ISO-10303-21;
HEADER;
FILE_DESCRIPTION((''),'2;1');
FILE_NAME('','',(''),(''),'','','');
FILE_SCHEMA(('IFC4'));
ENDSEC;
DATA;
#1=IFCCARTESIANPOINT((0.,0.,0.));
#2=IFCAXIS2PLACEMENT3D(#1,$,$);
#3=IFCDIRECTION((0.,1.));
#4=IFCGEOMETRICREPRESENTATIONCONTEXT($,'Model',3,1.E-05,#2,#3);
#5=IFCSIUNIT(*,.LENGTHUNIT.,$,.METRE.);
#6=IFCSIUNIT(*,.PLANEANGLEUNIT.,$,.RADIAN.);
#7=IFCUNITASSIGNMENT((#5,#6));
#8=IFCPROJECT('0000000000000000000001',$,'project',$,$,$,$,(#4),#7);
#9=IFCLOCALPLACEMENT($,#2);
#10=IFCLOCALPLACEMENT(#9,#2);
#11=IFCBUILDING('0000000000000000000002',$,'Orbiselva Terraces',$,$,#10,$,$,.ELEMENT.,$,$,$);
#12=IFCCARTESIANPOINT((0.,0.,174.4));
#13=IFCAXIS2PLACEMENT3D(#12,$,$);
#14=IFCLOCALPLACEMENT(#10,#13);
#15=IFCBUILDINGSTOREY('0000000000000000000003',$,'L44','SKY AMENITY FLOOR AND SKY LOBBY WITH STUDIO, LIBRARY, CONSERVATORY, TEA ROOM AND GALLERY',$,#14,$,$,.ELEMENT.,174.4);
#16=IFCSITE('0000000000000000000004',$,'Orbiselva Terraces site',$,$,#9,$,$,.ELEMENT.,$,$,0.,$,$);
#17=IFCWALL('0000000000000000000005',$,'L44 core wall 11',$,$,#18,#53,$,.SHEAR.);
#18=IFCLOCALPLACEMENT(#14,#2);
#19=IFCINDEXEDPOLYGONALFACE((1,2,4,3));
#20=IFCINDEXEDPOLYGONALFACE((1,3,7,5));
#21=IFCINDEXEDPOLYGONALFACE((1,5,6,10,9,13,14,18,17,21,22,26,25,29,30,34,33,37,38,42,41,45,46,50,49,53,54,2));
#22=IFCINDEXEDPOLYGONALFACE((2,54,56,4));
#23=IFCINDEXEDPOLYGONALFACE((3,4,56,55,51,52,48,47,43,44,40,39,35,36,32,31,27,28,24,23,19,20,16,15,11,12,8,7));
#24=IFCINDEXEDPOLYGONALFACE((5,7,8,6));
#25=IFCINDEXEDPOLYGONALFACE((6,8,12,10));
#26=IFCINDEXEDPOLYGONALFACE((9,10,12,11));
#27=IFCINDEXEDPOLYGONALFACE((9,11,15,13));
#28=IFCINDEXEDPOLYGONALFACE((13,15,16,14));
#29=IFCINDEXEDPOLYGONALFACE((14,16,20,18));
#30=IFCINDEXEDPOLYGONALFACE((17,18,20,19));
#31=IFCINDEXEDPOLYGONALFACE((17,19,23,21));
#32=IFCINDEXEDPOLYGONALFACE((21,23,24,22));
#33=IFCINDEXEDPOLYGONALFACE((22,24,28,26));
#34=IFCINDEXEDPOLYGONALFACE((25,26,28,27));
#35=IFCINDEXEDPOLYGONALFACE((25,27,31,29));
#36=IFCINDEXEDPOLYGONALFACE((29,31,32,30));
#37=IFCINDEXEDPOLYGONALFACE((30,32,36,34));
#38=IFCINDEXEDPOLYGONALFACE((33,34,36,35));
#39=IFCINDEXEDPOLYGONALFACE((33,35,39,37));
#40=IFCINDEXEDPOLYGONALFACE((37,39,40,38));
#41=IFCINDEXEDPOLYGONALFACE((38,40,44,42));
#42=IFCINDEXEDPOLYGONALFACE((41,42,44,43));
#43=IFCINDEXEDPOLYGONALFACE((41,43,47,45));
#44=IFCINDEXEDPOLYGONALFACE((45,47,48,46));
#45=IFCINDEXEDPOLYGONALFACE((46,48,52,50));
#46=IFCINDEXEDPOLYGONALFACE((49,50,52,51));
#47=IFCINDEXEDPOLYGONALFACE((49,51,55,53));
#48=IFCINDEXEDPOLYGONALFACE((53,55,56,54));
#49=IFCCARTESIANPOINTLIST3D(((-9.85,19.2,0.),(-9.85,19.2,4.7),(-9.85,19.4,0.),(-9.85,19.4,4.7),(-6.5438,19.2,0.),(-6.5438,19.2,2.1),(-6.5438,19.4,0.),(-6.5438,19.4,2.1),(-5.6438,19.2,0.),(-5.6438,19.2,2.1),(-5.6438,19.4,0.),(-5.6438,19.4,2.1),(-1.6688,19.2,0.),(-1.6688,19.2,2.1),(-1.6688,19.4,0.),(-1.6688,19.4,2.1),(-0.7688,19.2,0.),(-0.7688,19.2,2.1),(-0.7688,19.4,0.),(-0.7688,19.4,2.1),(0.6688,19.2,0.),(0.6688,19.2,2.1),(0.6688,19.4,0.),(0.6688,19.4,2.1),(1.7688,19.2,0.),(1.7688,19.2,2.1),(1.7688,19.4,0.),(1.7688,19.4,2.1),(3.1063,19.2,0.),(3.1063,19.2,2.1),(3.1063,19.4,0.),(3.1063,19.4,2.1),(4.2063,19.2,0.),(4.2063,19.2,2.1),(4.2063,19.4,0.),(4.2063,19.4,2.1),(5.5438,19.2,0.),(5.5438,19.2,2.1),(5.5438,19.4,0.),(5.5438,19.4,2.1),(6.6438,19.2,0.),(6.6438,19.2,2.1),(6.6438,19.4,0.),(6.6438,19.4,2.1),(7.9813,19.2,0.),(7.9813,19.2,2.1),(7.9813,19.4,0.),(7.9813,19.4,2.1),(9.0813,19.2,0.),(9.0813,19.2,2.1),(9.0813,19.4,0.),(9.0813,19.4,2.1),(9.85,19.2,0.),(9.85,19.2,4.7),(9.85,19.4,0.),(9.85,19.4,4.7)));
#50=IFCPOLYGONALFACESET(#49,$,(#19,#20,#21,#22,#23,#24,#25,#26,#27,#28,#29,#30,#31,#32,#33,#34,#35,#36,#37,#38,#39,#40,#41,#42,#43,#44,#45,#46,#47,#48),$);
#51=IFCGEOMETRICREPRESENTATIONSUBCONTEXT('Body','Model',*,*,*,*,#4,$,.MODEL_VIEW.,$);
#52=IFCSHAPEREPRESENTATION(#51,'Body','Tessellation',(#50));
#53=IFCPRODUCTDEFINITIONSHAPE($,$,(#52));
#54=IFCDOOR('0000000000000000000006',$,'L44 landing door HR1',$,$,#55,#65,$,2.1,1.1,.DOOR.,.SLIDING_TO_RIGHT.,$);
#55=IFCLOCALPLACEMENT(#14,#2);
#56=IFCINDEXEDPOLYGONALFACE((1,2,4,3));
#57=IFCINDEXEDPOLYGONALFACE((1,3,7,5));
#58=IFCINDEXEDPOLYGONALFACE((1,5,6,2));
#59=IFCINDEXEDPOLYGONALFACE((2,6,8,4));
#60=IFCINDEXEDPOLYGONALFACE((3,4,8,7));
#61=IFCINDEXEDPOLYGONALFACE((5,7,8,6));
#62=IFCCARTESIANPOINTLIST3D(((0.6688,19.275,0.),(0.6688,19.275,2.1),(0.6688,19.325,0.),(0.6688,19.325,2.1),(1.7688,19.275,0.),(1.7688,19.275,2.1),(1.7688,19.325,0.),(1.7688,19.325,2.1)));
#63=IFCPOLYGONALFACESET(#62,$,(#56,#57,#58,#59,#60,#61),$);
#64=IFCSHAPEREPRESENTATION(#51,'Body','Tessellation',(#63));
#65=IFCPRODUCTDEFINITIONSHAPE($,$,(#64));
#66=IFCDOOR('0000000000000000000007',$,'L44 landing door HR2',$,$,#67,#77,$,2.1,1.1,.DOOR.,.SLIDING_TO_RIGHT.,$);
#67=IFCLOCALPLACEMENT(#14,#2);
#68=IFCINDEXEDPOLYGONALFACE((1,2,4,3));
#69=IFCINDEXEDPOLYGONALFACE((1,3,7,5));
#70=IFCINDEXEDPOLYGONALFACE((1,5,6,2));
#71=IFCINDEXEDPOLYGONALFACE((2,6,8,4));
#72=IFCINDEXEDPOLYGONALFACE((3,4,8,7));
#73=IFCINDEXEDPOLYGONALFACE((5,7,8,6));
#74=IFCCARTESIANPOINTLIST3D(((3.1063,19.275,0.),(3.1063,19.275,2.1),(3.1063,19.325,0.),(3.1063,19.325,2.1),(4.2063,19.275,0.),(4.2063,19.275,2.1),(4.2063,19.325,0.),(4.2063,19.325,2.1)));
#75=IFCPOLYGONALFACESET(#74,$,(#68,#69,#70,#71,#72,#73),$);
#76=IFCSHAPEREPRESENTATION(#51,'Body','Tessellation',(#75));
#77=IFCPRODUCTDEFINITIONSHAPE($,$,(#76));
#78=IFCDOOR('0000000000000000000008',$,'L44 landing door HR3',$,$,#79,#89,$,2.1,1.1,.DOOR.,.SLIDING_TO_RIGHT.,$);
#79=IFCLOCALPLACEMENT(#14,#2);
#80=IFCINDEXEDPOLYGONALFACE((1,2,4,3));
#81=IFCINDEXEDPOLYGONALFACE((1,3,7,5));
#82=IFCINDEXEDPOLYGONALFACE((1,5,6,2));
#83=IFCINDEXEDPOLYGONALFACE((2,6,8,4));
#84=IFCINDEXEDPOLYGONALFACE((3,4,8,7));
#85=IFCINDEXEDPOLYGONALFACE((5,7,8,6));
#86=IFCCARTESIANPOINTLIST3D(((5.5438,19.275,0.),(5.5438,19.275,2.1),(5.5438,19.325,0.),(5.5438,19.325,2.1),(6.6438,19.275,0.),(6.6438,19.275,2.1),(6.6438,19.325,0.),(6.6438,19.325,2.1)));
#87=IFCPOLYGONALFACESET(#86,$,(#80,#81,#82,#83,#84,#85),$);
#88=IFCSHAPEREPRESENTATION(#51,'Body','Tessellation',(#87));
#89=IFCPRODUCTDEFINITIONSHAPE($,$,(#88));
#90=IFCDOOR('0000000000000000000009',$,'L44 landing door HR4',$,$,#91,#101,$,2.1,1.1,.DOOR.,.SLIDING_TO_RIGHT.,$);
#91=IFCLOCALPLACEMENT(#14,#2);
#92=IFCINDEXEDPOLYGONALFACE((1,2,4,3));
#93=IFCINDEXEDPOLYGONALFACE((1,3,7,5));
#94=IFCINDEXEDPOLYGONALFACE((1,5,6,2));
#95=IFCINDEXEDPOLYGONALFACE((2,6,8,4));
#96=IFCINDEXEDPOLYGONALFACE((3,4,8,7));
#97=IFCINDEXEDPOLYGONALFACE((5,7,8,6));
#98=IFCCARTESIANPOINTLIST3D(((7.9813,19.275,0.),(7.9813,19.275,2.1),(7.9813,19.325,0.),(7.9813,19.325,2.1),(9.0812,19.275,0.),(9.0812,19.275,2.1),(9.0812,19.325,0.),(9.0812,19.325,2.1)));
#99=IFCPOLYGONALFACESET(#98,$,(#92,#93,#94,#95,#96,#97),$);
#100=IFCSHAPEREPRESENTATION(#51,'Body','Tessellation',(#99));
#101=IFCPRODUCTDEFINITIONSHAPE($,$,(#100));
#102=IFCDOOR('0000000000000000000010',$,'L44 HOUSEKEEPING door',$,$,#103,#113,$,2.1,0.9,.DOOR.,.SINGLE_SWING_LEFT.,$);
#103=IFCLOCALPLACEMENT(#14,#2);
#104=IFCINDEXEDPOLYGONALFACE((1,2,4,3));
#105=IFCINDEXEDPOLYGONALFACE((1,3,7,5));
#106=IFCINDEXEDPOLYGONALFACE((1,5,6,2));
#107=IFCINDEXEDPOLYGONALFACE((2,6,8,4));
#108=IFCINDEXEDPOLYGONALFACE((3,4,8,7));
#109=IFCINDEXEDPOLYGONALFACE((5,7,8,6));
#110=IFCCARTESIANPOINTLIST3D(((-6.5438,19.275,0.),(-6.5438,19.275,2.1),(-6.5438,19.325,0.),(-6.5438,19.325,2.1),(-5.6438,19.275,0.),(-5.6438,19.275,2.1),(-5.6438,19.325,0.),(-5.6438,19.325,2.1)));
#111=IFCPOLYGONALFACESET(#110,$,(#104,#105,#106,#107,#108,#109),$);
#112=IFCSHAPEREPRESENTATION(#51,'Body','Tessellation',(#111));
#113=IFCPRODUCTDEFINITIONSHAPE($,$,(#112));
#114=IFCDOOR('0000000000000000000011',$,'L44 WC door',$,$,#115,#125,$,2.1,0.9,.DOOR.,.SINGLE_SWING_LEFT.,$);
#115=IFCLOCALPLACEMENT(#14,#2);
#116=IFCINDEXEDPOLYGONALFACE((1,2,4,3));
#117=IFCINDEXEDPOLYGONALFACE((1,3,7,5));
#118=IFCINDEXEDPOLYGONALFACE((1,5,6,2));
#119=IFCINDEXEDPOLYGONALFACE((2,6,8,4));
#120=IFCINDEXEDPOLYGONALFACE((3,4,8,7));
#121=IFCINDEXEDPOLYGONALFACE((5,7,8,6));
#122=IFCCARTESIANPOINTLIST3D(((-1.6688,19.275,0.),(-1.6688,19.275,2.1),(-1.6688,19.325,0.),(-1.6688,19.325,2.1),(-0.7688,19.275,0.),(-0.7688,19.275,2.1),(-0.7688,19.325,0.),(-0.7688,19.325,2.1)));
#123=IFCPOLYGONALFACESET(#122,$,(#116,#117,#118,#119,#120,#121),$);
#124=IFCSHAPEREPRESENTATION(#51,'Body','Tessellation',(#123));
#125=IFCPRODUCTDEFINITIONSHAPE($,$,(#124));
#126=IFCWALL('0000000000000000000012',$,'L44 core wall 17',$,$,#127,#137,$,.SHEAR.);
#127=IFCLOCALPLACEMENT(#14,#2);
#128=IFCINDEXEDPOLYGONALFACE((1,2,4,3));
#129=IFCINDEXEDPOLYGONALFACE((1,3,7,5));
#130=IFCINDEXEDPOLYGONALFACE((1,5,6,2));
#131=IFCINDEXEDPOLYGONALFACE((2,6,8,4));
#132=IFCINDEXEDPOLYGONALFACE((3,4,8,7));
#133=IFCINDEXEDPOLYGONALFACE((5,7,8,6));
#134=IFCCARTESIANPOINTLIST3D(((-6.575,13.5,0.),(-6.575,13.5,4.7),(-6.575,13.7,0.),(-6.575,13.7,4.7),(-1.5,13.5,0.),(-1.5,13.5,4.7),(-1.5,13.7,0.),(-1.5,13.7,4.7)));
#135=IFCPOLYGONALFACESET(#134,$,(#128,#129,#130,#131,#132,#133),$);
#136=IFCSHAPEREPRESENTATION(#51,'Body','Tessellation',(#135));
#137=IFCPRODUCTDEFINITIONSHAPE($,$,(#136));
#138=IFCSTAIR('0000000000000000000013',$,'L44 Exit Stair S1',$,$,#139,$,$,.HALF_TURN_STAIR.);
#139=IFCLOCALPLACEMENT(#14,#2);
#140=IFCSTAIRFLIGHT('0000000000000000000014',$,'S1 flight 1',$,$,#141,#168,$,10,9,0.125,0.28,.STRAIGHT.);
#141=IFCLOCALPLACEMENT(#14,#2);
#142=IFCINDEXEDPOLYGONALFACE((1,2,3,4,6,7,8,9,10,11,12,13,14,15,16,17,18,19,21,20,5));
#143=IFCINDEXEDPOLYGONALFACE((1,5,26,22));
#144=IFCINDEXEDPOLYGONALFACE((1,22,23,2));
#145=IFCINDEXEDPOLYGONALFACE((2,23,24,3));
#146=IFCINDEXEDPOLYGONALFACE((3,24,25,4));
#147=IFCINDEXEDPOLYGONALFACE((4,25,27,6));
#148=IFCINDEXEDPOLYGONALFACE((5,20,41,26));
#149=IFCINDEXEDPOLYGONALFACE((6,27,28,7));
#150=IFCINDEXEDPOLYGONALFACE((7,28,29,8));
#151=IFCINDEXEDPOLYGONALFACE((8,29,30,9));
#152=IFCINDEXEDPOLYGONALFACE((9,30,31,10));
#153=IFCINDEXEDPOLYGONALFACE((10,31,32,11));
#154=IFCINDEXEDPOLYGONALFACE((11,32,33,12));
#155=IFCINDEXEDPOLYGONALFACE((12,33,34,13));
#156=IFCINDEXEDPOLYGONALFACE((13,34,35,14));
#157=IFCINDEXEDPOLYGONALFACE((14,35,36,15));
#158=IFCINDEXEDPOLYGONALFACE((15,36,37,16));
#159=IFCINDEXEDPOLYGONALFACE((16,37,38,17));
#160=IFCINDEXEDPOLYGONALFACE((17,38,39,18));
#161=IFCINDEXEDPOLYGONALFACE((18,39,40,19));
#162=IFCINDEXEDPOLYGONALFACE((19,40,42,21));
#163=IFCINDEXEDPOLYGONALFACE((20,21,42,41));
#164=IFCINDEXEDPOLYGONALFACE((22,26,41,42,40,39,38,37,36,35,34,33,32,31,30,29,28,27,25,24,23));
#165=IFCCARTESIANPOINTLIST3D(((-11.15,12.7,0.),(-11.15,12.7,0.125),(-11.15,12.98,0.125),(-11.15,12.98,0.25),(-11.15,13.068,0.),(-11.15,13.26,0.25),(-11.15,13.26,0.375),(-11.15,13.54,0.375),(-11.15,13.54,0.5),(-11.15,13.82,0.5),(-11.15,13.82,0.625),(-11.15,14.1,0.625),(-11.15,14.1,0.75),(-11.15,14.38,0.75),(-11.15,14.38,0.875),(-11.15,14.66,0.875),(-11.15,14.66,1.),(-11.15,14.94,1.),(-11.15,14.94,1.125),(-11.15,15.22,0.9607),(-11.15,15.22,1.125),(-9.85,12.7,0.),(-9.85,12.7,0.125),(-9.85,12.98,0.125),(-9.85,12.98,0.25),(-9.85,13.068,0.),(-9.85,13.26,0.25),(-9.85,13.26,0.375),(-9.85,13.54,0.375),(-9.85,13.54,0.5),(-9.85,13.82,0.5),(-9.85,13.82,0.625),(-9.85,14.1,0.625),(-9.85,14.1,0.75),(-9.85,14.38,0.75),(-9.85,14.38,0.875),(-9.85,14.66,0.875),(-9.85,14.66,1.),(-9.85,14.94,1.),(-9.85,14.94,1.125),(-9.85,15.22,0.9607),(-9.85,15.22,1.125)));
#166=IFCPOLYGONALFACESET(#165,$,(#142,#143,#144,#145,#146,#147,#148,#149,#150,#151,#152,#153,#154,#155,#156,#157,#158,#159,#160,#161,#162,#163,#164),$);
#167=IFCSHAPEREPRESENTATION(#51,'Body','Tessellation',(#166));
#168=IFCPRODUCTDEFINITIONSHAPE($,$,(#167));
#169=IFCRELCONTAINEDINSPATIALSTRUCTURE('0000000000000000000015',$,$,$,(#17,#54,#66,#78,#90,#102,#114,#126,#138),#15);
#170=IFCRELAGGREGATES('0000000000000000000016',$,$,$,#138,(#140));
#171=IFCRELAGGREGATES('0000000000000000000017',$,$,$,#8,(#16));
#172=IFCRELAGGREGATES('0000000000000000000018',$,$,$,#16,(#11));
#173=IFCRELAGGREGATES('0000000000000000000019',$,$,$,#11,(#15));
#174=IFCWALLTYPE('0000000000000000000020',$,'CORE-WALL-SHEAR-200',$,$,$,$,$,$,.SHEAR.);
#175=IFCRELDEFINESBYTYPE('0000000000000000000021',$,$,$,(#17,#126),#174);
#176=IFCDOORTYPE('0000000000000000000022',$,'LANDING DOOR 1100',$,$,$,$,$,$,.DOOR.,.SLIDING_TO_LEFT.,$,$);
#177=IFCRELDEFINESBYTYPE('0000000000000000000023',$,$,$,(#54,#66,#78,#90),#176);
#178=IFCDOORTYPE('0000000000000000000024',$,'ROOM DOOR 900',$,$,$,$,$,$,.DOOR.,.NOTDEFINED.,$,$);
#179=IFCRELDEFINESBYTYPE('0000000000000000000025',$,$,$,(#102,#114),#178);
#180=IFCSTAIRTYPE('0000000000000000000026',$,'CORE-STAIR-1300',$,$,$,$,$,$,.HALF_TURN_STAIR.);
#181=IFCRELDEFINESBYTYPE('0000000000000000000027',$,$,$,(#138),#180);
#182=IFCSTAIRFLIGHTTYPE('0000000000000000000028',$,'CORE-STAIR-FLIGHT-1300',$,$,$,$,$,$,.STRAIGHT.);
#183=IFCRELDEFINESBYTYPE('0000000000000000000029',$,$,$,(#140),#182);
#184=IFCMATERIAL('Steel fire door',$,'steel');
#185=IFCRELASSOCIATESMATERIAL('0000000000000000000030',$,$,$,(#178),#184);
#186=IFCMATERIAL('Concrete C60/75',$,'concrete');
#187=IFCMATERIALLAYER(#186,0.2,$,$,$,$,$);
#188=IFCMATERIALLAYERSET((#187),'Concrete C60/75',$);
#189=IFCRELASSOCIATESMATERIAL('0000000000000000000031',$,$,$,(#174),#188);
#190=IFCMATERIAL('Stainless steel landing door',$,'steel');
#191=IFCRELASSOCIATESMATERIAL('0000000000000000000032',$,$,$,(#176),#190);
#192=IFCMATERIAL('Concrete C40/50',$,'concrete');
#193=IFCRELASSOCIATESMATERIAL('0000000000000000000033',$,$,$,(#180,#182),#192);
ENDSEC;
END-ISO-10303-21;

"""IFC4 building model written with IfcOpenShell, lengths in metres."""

from ifc_helpers import new_model, si_unit, direction, frame, frame_2d, origin, place, context, subcontext, project, spatial, polyline, rectangle, outline, extrude, material, layer, layer_set, type_object, element, fill, aggregate, save


model = new_model("IFC4")

# Units and contexts
model_context = context("Model", 3, precision=1e-05, world=origin(), true_north=direction((0.0, 1.0)))
body_context = subcontext(model_context, "Body", "Model", "MODEL_VIEW")
ifc_project = project(units=[si_unit("LENGTHUNIT", "METRE"), si_unit("PLANEANGLEUNIT", "RADIAN")], contexts=[model_context])

# Site, building, storey
site_placement = place(None, origin())
site = spatial("IfcSite", under=ifc_project, at=site_placement, Name="Orbiselva Terraces site", CompositionType="ELEMENT", RefElevation=0.0)
building_placement = place(site_placement, origin())
building = spatial("IfcBuilding", under=site, at=building_placement, Name="Orbiselva Terraces", CompositionType="ELEMENT")
storey_placement = place(building_placement, frame((0.0, 0.0, 174.4)))
storey = spatial("IfcBuildingStorey", under=building, at=storey_placement, Name="L44", Description="SKY AMENITY FLOOR AND SKY LOBBY WITH STUDIO, LIBRARY, CONSERVATORY, TEA ROOM AND GALLERY", CompositionType="ELEMENT", Elevation=174.4)

# Shared definitions
ifc_material_1 = material(Name="Steel fire door", Category="steel")
door_type_1 = type_object("IfcDoorType", Name="ROOM DOOR 900", OperationType="NOTDEFINED", PredefinedType="DOOR", material=ifc_material_1)

# Shared definitions
ifc_material_2 = material(Name="Concrete C40/50", Category="concrete")

# Shared definitions
ifc_material_3 = material(Name="Concrete C60/75", Category="concrete")
ifc_layer_1 = layer(ifc_material_3, 0.2)
ifc_layer_set_1 = layer_set([ifc_layer_1], Name="Concrete C60/75")
wall_type_1 = type_object("IfcWallType", Name="CORE-WALL-SHEAR-200", PredefinedType="SHEAR", material=ifc_layer_set_1)

# Wall, openings, doors
wall_1_placement = place(storey_placement, frame((-9.85, 19.3, 0.0), z_axis=(0.0, 0.0, 1.0), x_axis=(1.0, 0.0, 0.0)))
wall_1 = element("IfcWall", 1, at=wall_1_placement, inside=storey, type_object=wall_type_1, Name="L44 core wall 11", PredefinedType="SHEAR", context=body_context, shape_type="SweptSolid", body=[
    extrude(rectangle(XDim=19.7, YDim=0.2, at=frame_2d((9.85, 0.0))), origin(), (0.0, 0.0, 1.0), 4.7),
])
opening_1_placement = place(wall_1_placement, frame((10.5188, 0.0, 0.0)))
opening_1 = element("IfcOpeningElement", 2, at=opening_1_placement, cuts=wall_1, PredefinedType="OPENING", context=body_context, shape_type="SweptSolid", body=[
    extrude(rectangle(XDim=1.1, YDim=2.1, at=frame_2d((0.55, 1.05))), frame((0.0, 0.11, 0.0), z_axis=(0.0, -1.0, 0.0), x_axis=(1.0, 0.0, 0.0)), (0.0, 0.0, 1.0), 0.22),
])
opening_2_placement = place(wall_1_placement, frame((12.9563, 0.0, 0.0)))
opening_2 = element("IfcOpeningElement", 3, at=opening_2_placement, cuts=wall_1, PredefinedType="OPENING", context=body_context, shape_type="SweptSolid", body=[
    extrude(rectangle(XDim=1.1, YDim=2.1, at=frame_2d((0.55, 1.05))), frame((0.0, 0.11, 0.0), z_axis=(0.0, -1.0, 0.0), x_axis=(1.0, 0.0, 0.0)), (0.0, 0.0, 1.0), 0.22),
])
opening_3_placement = place(wall_1_placement, frame((15.3938, 0.0, 0.0)))
opening_3 = element("IfcOpeningElement", 4, at=opening_3_placement, cuts=wall_1, PredefinedType="OPENING", context=body_context, shape_type="SweptSolid", body=[
    extrude(rectangle(XDim=1.1, YDim=2.1, at=frame_2d((0.55, 1.05))), frame((0.0, 0.11, 0.0), z_axis=(0.0, -1.0, 0.0), x_axis=(1.0, 0.0, 0.0)), (0.0, 0.0, 1.0), 0.22),
])
opening_4_placement = place(wall_1_placement, frame((17.8313, 0.0, 0.0)))
opening_4 = element("IfcOpeningElement", 5, at=opening_4_placement, cuts=wall_1, PredefinedType="OPENING", context=body_context, shape_type="SweptSolid", body=[
    extrude(rectangle(XDim=1.1, YDim=2.1, at=frame_2d((0.55, 1.05))), frame((0.0, 0.11, 0.0), z_axis=(0.0, -1.0, 0.0), x_axis=(1.0, 0.0, 0.0)), (0.0, 0.0, 1.0), 0.22),
])
opening_5_placement = place(wall_1_placement, frame((3.3062, 0.0, 0.0)))
opening_5 = element("IfcOpeningElement", 6, at=opening_5_placement, cuts=wall_1, PredefinedType="OPENING", context=body_context, shape_type="SweptSolid", body=[
    extrude(rectangle(XDim=0.9, YDim=2.1, at=frame_2d((0.45, 1.05))), frame((0.0, 0.11, 0.0), z_axis=(0.0, -1.0, 0.0), x_axis=(1.0, 0.0, 0.0)), (0.0, 0.0, 1.0), 0.22),
])
opening_6_placement = place(wall_1_placement, frame((8.1812, 0.0, 0.0)))
opening_6 = element("IfcOpeningElement", 7, at=opening_6_placement, cuts=wall_1, PredefinedType="OPENING", context=body_context, shape_type="SweptSolid", body=[
    extrude(rectangle(XDim=0.9, YDim=2.1, at=frame_2d((0.45, 1.05))), frame((0.0, 0.11, 0.0), z_axis=(0.0, -1.0, 0.0), x_axis=(1.0, 0.0, 0.0)), (0.0, 0.0, 1.0), 0.22),
])
ifc_material_4 = material(Name="Stainless steel landing door", Category="steel")
door_type_2 = type_object("IfcDoorType", Name="LANDING DOOR 1100", OperationType="SLIDING_TO_LEFT", PredefinedType="DOOR", material=ifc_material_4)
door_1_placement = place(opening_1_placement, origin())
door_1 = element("IfcDoor", 8, at=door_1_placement, inside=storey, type_object=door_type_2, Name="L44 landing door HR1", OperationType="SLIDING_TO_RIGHT", OverallHeight=2.1, OverallWidth=1.1, PredefinedType="DOOR", context=body_context, shape_type="SweptSolid", body=[
    extrude(rectangle(XDim=1.1, YDim=2.1, at=frame_2d((0.55, 1.05))), frame((0.0, 0.025, 0.0), z_axis=(0.0, -1.0, 0.0), x_axis=(1.0, 0.0, 0.0)), (0.0, 0.0, 1.0), 0.05),
])
fill(opening_1, door_1)
door_2_placement = place(opening_2_placement, origin())
door_2 = element("IfcDoor", 9, at=door_2_placement, inside=storey, type_object=door_type_2, Name="L44 landing door HR2", OperationType="SLIDING_TO_RIGHT", OverallHeight=2.1, OverallWidth=1.1, PredefinedType="DOOR", context=body_context, shape_type="SweptSolid", body=[
    extrude(rectangle(XDim=1.1, YDim=2.1, at=frame_2d((0.55, 1.05))), frame((0.0, 0.025, 0.0), z_axis=(0.0, -1.0, 0.0), x_axis=(1.0, 0.0, 0.0)), (0.0, 0.0, 1.0), 0.05),
])
fill(opening_2, door_2)
door_3_placement = place(opening_3_placement, origin())
door_3 = element("IfcDoor", 10, at=door_3_placement, inside=storey, type_object=door_type_2, Name="L44 landing door HR3", OperationType="SLIDING_TO_RIGHT", OverallHeight=2.1, OverallWidth=1.1, PredefinedType="DOOR", context=body_context, shape_type="SweptSolid", body=[
    extrude(rectangle(XDim=1.1, YDim=2.1, at=frame_2d((0.55, 1.05))), frame((0.0, 0.025, 0.0), z_axis=(0.0, -1.0, 0.0), x_axis=(1.0, 0.0, 0.0)), (0.0, 0.0, 1.0), 0.05),
])
fill(opening_3, door_3)
door_4_placement = place(opening_4_placement, origin())
door_4 = element("IfcDoor", 11, at=door_4_placement, inside=storey, type_object=door_type_2, Name="L44 landing door HR4", OperationType="SLIDING_TO_RIGHT", OverallHeight=2.1, OverallWidth=1.1, PredefinedType="DOOR", context=body_context, shape_type="SweptSolid", body=[
    extrude(rectangle(XDim=1.1, YDim=2.1, at=frame_2d((0.55, 1.05))), frame((0.0, 0.025, 0.0), z_axis=(0.0, -1.0, 0.0), x_axis=(1.0, 0.0, 0.0)), (0.0, 0.0, 1.0), 0.05),
])
fill(opening_4, door_4)
door_5_placement = place(opening_5_placement, origin())
door_5 = element("IfcDoor", 12, at=door_5_placement, inside=storey, type_object=door_type_1, Name="L44 HOUSEKEEPING door", OperationType="SINGLE_SWING_LEFT", OverallHeight=2.1, OverallWidth=0.9, PredefinedType="DOOR", context=body_context, shape_type="SweptSolid", body=[
    extrude(rectangle(XDim=0.9, YDim=2.1, at=frame_2d((0.45, 1.05))), frame((0.0, 0.025, 0.0), z_axis=(0.0, -1.0, 0.0), x_axis=(1.0, 0.0, 0.0)), (0.0, 0.0, 1.0), 0.05),
])
fill(opening_5, door_5)
door_6_placement = place(opening_6_placement, origin())
door_6 = element("IfcDoor", 13, at=door_6_placement, inside=storey, type_object=door_type_1, Name="L44 WC door", OperationType="SINGLE_SWING_LEFT", OverallHeight=2.1, OverallWidth=0.9, PredefinedType="DOOR", context=body_context, shape_type="SweptSolid", body=[
    extrude(rectangle(XDim=0.9, YDim=2.1, at=frame_2d((0.45, 1.05))), frame((0.0, 0.025, 0.0), z_axis=(0.0, -1.0, 0.0), x_axis=(1.0, 0.0, 0.0)), (0.0, 0.0, 1.0), 0.05),
])
fill(opening_6, door_6)

# Wall
wall_2_placement = place(storey_placement, frame((-6.575, 13.6, 0.0), z_axis=(0.0, 0.0, 1.0), x_axis=(1.0, 0.0, 0.0)))
element("IfcWall", 14, at=wall_2_placement, inside=storey, type_object=wall_type_1, Name="L44 core wall 17", PredefinedType="SHEAR", context=body_context, shape_type="SweptSolid", body=[
    extrude(rectangle(XDim=5.075, YDim=0.2, at=frame_2d((2.5375, 0.0))), origin(), (0.0, 0.0, 1.0), 4.7),
])

# Stair, stair flight
stair_type = type_object("IfcStairType", Name="CORE-STAIR-1300", PredefinedType="HALF_TURN_STAIR", material=ifc_material_2)
stair_placement = place(storey_placement, origin())
stair = element("IfcStair", 15, at=stair_placement, inside=storey, type_object=stair_type, Name="L44 Exit Stair S1", PredefinedType="HALF_TURN_STAIR")
stair_flight_type = type_object("IfcStairFlightType", Name="CORE-STAIR-FLIGHT-1300", PredefinedType="STRAIGHT", material=ifc_material_2)
stair_flight_1_placement = place(storey_placement, frame((-10.5, 12.7, 0.0), z_axis=(0.0, 0.0, 1.0), x_axis=(0.0, 1.0, 0.0)))
stair_flight_1 = element("IfcStairFlight", 16, at=stair_flight_1_placement, type_object=stair_flight_type, Name="S1 flight 1", NumberOfRisers=10, NumberOfTreads=9, PredefinedType="STRAIGHT", RiserHeight=0.125, TreadLength=0.28, context=body_context, shape_type="SweptSolid", body=[
    extrude(outline(polyline([(0.0, 0.0), (0.0, 0.125), (0.28, 0.125), (0.28, 0.25), (0.56, 0.25), (0.56, 0.375), (0.84, 0.375), (0.84, 0.5), (1.12, 0.5), (1.12, 0.625), (1.4, 0.625), (1.4, 0.75), (1.68, 0.75), (1.68, 0.875), (1.96, 0.875), (1.96, 1.0), (2.24, 1.0), (2.24, 1.125), (2.52, 1.125), (2.52, 1.25), (2.52, 0.9607), (0.368, 0.0), (0.0, 0.0)])), frame((0.0, 0.65, 0.0), z_axis=(0.0, -1.0, 0.0), x_axis=(1.0, 0.0, 0.0)), (0.0, 0.0, 1.0), 1.3),
])
aggregate(stair, [stair_flight_1])

save(model, "model.ifc")
